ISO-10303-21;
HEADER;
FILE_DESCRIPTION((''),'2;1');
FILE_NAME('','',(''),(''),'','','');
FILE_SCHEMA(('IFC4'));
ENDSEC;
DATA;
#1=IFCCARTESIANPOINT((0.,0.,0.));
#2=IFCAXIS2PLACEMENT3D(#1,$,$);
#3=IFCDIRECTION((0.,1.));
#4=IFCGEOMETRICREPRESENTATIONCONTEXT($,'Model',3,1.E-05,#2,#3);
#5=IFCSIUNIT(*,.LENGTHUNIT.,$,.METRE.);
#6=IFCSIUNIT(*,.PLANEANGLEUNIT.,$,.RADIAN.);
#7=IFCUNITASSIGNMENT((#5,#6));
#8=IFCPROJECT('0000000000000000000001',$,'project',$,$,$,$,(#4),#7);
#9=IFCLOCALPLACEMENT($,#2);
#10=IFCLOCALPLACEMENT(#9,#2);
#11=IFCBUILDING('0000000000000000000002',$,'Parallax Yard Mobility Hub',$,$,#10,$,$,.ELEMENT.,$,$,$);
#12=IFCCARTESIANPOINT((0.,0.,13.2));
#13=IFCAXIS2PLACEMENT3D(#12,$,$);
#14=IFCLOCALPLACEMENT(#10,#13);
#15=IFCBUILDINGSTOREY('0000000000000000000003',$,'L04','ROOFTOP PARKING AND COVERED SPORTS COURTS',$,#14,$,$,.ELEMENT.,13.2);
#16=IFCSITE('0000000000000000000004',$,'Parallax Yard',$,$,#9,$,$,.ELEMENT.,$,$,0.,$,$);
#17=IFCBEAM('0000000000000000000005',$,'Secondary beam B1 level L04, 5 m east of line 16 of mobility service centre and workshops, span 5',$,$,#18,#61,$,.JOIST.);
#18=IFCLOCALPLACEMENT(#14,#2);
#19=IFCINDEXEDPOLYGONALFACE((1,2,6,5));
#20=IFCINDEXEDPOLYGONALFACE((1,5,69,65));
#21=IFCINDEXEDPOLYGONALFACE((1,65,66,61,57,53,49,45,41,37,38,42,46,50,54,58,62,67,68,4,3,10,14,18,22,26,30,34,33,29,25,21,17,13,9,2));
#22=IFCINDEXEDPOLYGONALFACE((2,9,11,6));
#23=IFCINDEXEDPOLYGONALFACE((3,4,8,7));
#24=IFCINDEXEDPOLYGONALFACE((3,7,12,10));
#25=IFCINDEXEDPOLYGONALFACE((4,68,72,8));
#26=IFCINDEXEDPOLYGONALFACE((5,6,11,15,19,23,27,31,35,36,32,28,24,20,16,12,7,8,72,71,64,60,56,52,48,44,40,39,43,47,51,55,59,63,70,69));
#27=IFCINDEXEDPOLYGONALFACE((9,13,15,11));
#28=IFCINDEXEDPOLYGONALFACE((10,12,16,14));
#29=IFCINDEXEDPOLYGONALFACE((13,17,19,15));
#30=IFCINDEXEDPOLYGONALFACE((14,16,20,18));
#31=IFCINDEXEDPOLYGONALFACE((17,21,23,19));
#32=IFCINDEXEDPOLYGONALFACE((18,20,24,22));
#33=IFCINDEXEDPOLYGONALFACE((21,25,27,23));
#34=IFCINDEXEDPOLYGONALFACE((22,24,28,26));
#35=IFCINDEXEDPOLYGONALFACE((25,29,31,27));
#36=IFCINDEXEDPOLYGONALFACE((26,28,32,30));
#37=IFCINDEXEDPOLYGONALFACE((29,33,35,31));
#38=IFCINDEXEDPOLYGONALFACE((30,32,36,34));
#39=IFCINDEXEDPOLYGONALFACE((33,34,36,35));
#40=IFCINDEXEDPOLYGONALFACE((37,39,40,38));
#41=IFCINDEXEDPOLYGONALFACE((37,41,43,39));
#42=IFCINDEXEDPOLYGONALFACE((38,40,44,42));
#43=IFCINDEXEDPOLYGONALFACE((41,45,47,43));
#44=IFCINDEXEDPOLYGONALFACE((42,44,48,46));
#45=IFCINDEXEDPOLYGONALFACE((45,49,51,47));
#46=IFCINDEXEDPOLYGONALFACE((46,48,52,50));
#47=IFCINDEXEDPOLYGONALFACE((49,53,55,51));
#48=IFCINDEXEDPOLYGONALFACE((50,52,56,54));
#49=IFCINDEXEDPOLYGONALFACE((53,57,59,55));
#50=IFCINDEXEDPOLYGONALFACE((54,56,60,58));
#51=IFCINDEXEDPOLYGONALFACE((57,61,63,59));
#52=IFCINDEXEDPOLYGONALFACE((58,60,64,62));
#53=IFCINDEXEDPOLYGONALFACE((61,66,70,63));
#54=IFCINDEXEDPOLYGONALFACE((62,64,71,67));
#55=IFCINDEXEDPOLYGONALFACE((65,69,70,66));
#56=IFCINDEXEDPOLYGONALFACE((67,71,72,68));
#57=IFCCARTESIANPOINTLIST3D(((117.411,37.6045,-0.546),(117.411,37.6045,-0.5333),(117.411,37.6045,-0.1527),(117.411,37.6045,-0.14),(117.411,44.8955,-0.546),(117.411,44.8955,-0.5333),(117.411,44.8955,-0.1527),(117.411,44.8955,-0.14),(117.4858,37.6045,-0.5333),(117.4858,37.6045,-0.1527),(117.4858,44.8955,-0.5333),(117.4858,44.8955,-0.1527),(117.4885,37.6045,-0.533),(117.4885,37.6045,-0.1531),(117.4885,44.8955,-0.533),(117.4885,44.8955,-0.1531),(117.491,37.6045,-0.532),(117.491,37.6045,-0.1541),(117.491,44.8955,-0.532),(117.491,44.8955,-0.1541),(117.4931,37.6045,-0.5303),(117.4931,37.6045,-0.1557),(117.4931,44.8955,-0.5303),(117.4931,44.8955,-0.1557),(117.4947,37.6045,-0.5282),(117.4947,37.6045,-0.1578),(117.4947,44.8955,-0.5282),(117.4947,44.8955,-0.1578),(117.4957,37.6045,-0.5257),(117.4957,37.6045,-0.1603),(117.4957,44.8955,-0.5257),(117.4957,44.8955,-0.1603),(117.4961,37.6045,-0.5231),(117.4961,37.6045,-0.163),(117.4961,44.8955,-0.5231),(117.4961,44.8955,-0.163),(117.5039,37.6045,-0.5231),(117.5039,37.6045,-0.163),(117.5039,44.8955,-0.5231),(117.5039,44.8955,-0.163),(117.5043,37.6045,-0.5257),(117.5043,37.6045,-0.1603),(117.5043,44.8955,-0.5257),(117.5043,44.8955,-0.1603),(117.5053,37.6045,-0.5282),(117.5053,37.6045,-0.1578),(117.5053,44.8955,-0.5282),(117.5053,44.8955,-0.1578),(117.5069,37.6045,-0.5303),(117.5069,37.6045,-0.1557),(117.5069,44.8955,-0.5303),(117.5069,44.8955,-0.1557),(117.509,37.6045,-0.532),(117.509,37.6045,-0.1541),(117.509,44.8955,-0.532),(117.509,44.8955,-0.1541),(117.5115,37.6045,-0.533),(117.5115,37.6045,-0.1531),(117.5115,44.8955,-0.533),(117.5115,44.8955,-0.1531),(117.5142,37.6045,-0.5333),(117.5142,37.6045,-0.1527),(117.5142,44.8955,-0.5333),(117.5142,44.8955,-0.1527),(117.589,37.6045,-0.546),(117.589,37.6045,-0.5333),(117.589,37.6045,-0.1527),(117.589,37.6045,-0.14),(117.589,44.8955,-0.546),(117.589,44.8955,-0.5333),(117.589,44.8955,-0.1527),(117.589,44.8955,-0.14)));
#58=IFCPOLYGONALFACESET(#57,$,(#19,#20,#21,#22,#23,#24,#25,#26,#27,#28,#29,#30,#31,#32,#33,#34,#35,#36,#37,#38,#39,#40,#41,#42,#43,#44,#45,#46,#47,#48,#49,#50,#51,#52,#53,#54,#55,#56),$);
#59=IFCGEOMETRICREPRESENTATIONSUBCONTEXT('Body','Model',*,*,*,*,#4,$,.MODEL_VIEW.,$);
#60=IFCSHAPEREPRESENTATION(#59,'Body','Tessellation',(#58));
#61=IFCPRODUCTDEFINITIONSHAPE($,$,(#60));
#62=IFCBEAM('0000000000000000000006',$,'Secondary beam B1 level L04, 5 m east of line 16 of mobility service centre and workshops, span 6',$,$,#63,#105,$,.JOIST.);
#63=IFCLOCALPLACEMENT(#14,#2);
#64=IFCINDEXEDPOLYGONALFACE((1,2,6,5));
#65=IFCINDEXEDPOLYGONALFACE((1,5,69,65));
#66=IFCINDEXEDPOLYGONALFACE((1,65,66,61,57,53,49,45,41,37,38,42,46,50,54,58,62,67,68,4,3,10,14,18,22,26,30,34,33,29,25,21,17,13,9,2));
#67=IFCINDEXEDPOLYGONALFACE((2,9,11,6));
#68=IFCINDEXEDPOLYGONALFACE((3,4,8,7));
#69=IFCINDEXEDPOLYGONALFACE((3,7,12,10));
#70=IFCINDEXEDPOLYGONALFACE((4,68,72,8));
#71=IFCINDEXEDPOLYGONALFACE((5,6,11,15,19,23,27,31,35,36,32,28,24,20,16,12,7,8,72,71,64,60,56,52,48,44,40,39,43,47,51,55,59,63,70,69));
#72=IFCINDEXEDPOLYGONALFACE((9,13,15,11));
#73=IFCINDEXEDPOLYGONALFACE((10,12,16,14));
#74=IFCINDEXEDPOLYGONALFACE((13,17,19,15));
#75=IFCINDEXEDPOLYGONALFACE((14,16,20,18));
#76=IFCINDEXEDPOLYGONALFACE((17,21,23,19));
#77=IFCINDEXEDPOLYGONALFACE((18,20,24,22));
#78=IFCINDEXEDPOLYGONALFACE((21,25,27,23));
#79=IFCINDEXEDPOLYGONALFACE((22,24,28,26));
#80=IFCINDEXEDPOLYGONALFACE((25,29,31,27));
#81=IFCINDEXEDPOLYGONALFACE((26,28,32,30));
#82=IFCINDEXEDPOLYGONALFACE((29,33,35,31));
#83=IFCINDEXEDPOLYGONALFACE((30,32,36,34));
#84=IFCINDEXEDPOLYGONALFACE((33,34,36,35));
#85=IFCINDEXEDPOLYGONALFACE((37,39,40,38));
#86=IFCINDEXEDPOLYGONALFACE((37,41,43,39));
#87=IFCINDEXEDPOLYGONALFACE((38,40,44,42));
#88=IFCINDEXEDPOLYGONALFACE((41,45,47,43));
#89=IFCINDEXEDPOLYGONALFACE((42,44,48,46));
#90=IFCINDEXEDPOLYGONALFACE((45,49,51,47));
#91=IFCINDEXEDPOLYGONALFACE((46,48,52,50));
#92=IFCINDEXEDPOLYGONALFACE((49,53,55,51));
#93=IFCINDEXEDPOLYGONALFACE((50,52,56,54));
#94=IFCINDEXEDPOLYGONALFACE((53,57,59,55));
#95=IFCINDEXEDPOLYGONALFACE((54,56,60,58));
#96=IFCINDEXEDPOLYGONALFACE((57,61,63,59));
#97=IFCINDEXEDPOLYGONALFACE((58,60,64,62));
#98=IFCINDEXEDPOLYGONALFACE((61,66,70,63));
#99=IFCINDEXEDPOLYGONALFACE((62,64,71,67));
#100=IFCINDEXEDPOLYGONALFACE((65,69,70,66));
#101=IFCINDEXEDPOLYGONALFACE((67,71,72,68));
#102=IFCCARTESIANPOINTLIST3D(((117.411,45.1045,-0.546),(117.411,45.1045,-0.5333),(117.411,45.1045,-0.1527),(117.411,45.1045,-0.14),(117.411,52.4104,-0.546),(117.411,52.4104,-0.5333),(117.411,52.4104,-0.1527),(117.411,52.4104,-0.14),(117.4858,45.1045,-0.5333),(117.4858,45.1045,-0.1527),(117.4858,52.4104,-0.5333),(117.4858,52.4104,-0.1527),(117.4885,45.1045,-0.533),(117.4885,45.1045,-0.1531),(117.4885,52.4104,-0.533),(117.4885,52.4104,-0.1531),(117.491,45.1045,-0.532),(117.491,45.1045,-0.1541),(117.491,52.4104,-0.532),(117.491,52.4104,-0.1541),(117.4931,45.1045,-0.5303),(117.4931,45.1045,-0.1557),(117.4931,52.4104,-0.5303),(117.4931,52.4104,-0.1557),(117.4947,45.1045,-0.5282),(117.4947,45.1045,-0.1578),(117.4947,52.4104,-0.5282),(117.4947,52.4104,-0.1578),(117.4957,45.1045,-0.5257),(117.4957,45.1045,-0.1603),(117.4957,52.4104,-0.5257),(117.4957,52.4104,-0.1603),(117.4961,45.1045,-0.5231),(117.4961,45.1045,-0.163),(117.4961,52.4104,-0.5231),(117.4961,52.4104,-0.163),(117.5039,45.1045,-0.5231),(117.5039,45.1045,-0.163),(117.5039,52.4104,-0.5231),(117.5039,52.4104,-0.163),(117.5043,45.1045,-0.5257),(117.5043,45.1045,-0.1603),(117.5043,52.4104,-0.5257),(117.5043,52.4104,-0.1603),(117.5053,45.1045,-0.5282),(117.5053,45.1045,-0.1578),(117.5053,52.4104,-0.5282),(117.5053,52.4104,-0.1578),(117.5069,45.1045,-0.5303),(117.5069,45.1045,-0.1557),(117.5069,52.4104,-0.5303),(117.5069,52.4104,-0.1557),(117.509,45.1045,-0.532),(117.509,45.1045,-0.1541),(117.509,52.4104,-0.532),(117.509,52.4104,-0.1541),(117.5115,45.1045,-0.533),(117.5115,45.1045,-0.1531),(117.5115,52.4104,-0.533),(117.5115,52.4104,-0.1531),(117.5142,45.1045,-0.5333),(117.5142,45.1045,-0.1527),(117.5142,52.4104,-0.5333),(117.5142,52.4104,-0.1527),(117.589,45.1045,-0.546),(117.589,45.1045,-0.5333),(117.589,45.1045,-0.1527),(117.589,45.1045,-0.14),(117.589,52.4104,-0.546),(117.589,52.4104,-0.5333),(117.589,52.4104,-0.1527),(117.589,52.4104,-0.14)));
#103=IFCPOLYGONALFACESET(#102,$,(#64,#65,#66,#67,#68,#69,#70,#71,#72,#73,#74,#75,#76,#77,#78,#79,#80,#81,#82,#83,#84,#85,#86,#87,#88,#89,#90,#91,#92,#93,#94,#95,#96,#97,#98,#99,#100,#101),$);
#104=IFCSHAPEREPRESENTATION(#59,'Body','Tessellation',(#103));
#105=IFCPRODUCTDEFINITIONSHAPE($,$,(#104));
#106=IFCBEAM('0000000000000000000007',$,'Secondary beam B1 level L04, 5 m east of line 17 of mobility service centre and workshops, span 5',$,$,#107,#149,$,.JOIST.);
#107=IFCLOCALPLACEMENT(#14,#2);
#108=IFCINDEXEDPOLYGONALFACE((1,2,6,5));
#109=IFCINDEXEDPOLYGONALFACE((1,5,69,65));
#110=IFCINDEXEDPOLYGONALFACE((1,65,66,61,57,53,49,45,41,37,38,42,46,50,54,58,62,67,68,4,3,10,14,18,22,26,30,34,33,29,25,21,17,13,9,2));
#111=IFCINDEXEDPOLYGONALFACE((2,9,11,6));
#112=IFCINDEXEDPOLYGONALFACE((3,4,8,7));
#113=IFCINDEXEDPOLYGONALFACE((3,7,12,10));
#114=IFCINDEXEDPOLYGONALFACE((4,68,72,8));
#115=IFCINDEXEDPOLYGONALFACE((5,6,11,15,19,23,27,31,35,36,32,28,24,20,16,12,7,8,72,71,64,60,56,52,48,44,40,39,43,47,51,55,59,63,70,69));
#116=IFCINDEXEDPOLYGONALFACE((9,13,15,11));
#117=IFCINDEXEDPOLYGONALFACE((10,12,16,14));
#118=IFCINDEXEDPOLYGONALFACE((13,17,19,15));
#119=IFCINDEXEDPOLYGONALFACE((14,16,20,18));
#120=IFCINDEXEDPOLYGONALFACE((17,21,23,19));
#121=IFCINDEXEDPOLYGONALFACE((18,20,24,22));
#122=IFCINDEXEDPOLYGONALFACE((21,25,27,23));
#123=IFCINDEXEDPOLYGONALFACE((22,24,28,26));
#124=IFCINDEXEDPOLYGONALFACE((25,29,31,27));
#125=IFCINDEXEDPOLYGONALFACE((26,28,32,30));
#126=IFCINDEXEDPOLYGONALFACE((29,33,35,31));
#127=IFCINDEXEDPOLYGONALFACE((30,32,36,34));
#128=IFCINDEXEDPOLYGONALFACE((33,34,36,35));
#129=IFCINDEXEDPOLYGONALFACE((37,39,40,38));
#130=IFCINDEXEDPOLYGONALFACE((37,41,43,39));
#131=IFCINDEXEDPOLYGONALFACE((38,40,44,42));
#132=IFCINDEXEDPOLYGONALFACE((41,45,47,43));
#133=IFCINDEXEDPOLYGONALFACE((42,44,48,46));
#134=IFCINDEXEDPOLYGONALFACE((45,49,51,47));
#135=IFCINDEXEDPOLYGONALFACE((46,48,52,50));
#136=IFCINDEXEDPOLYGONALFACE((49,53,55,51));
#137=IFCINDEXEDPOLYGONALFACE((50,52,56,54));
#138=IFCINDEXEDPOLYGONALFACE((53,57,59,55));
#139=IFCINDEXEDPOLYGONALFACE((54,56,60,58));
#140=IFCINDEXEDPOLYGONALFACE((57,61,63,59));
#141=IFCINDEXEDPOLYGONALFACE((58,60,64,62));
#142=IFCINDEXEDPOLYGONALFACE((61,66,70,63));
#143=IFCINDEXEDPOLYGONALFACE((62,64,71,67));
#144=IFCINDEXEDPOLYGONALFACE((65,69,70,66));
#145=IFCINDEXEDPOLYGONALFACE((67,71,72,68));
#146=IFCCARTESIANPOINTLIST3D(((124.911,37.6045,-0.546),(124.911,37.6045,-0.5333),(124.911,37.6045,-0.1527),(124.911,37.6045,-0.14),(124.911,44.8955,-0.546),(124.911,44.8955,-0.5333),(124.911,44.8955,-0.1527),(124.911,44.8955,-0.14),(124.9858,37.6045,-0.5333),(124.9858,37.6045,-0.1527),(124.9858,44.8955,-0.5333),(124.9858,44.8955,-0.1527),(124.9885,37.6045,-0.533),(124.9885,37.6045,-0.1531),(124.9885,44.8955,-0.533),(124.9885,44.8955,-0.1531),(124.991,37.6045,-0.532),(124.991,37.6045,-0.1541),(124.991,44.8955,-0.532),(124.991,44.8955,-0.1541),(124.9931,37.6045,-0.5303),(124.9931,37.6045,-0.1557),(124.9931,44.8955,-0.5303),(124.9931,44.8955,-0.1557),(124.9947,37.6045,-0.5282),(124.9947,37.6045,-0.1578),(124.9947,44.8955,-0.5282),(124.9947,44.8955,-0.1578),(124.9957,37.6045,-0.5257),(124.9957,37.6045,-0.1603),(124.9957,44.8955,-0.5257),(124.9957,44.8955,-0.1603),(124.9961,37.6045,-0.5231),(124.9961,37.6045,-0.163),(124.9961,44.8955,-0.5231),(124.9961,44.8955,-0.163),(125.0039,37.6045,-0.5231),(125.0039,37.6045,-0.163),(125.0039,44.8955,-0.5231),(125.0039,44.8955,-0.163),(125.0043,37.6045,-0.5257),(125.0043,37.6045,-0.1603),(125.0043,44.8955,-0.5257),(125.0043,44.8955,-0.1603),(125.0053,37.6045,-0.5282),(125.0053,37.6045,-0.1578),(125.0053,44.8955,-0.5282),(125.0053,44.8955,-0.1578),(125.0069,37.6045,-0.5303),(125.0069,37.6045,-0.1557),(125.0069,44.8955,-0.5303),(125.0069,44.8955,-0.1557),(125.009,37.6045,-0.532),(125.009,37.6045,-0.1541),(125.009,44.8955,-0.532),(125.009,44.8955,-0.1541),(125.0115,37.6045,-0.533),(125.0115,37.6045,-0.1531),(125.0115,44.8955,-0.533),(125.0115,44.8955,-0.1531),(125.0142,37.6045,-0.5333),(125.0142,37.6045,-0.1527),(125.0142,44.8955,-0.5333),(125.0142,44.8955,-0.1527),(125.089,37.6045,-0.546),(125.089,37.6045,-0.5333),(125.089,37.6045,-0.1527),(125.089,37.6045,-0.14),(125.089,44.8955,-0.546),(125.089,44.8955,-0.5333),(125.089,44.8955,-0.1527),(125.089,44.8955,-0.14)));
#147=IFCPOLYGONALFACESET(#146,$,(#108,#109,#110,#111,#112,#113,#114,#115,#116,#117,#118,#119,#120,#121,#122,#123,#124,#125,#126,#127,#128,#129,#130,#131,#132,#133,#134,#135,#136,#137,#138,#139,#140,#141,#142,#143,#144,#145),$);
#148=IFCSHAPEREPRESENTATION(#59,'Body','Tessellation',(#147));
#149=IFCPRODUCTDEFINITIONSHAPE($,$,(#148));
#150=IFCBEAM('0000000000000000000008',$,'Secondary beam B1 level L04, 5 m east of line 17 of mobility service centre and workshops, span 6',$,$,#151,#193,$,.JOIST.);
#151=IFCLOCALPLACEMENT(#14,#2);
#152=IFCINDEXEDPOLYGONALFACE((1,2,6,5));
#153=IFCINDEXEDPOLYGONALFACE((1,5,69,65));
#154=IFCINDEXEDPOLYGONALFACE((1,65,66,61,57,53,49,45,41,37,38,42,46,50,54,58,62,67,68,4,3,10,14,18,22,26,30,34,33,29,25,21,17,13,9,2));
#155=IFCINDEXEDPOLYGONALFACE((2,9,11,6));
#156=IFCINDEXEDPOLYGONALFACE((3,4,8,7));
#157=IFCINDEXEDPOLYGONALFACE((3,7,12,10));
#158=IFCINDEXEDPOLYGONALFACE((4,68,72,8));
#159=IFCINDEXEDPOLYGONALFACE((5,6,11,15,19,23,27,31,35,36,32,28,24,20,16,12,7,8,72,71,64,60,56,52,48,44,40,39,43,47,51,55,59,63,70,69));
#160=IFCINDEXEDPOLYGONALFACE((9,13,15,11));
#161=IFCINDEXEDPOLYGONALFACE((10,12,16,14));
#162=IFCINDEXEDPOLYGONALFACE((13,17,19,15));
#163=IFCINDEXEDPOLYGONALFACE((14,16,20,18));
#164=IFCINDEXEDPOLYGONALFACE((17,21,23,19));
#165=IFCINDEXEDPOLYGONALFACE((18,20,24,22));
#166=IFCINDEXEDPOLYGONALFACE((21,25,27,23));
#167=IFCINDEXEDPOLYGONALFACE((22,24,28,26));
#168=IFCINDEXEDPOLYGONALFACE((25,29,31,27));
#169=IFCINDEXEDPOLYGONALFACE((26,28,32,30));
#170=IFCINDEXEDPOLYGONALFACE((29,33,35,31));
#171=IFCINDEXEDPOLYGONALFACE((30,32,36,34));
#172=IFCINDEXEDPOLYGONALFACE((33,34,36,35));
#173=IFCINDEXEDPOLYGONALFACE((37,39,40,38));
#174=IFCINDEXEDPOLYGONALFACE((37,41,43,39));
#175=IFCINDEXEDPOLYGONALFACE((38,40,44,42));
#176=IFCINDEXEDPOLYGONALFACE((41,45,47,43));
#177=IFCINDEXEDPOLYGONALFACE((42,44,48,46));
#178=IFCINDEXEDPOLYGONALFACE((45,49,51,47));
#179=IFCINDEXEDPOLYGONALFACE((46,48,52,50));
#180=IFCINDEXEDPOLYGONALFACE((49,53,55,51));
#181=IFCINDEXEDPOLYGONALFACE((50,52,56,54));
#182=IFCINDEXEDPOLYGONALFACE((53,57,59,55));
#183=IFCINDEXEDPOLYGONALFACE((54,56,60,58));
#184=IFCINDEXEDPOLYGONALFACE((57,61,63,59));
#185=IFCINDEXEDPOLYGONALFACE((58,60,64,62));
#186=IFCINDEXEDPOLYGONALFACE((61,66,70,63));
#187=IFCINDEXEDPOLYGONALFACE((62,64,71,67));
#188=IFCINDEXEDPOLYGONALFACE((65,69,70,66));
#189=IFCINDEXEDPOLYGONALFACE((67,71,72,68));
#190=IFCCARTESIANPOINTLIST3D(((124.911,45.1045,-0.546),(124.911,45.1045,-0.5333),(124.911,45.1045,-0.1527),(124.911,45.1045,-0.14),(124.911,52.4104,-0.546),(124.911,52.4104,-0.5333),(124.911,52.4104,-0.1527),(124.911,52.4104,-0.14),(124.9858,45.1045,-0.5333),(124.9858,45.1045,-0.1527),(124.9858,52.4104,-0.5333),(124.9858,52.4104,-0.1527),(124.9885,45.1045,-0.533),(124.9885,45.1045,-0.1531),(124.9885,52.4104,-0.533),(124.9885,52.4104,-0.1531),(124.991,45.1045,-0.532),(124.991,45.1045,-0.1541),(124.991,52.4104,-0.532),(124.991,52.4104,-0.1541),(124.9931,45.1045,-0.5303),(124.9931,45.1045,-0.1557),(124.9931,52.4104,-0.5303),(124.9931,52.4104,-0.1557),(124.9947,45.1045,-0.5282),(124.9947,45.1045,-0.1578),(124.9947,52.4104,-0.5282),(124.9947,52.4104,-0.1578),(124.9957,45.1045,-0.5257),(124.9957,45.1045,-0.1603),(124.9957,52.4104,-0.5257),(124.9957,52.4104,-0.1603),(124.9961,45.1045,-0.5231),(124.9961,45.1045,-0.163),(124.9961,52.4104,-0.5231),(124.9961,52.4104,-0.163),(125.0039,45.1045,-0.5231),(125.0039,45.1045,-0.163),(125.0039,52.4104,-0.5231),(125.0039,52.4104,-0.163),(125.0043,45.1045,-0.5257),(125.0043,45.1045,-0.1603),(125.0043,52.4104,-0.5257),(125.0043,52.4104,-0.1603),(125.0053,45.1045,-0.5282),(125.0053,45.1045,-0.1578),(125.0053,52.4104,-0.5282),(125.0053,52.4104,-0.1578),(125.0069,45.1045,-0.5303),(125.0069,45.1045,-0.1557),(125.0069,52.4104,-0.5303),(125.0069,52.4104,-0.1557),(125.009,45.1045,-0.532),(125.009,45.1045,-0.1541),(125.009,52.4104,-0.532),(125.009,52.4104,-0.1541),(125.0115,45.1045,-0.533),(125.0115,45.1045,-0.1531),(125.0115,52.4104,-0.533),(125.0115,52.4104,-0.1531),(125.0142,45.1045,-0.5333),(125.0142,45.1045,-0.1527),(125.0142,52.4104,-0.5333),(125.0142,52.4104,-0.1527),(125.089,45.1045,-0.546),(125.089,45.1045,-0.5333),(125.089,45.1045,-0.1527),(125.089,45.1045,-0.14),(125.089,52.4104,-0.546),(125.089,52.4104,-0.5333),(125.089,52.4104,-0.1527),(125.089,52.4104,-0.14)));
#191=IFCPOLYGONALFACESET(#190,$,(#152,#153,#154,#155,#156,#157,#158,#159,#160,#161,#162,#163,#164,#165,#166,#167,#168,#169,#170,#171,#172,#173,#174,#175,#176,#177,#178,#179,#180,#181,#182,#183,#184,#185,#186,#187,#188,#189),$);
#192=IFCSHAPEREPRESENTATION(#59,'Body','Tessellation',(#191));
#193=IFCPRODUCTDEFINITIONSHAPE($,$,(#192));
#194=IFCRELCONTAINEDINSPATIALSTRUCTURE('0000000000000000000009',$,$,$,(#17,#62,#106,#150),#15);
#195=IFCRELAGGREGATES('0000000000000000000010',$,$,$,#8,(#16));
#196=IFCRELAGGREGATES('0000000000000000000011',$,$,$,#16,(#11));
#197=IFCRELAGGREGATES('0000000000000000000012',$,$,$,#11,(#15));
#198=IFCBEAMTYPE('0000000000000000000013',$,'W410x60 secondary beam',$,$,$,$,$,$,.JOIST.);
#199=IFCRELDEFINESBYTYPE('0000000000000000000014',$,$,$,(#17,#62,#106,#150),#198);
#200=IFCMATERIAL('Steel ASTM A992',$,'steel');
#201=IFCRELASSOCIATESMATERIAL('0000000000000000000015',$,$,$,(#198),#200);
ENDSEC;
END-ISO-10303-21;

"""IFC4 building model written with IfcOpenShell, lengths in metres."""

from ifc_helpers import new_model, si_unit, direction, frame, origin, origin_2d, place, context, subcontext, project, spatial, i_section, extrude, material, material_profile, profile_set, type_object, element, save


model = new_model("IFC4")

# Units and contexts
model_context = context("Model", 3, precision=1e-05, world=origin(), true_north=direction((0.0, 1.0)))
body_context = subcontext(model_context, "Body", "Model", "MODEL_VIEW")
ifc_project = project(units=[si_unit("LENGTHUNIT", "METRE"), si_unit("PLANEANGLEUNIT", "RADIAN")], contexts=[model_context])

# Site, building, storey
site_placement = place(None, origin())
site = spatial("IfcSite", under=ifc_project, at=site_placement, Name="Parallax Yard", CompositionType="ELEMENT", RefElevation=0.0)
building_placement = place(site_placement, origin())
building = spatial("IfcBuilding", under=site, at=building_placement, Name="Parallax Yard Mobility Hub", CompositionType="ELEMENT")
storey_placement = place(building_placement, frame((0.0, 0.0, 13.2)))
storey = spatial("IfcBuildingStorey", under=building, at=storey_placement, Name="L04", Description="ROOFTOP PARKING AND COVERED SPORTS COURTS", CompositionType="ELEMENT", Elevation=13.2)

# Shared definitions
ifc_material_1 = material(Name="Steel ASTM A992", Category="steel")

# Beams
ifc_material_profile_1 = material_profile(ifc_material_1, i_section(OverallWidth=0.178, OverallDepth=0.406, WebThickness=0.0078, FlangeThickness=0.0127, FilletRadius=0.0103, at=origin_2d()), Name="W410x60")
ifc_profile_set_1 = profile_set([ifc_material_profile_1], Name="Steel ASTM A992")
beam_type_1 = type_object("IfcBeamType", Name="W410x60 secondary beam", PredefinedType="JOIST", material=ifc_profile_set_1)
beam_1_placement = place(storey_placement, frame((117.5, 37.6045, -0.343), z_axis=(0.0, 1.0, 0.0), x_axis=(-1.0, 0.0, 0.0)))
element("IfcBeam", 1, at=beam_1_placement, inside=storey, type_object=beam_type_1, Name="Secondary beam B1 level L04, 5 m east of line 16 of mobility service centre and workshops, span 5", PredefinedType="JOIST", context=body_context, shape_type="SweptSolid", body=[
    extrude(i_section(OverallWidth=0.178, OverallDepth=0.406, WebThickness=0.0078, FlangeThickness=0.0127, FilletRadius=0.0103, at=origin_2d()), origin(), (0.0, 0.0, 1.0), 7.291),
])
beam_2_placement = place(storey_placement, frame((117.5, 45.1045, -0.343), z_axis=(0.0, 1.0, 0.0), x_axis=(-1.0, 0.0, 0.0)))
element("IfcBeam", 2, at=beam_2_placement, inside=storey, type_object=beam_type_1, Name="Secondary beam B1 level L04, 5 m east of line 16 of mobility service centre and workshops, span 6", PredefinedType="JOIST", context=body_context, shape_type="SweptSolid", body=[
    extrude(i_section(OverallWidth=0.178, OverallDepth=0.406, WebThickness=0.0078, FlangeThickness=0.0127, FilletRadius=0.0103, at=origin_2d()), origin(), (0.0, 0.0, 1.0), 7.3059),
])
beam_3_placement = place(storey_placement, frame((125.0, 37.6045, -0.343), z_axis=(0.0, 1.0, 0.0), x_axis=(-1.0, 0.0, 0.0)))
element("IfcBeam", 3, at=beam_3_placement, inside=storey, type_object=beam_type_1, Name="Secondary beam B1 level L04, 5 m east of line 17 of mobility service centre and workshops, span 5", PredefinedType="JOIST", context=body_context, shape_type="SweptSolid", body=[
    extrude(i_section(OverallWidth=0.178, OverallDepth=0.406, WebThickness=0.0078, FlangeThickness=0.0127, FilletRadius=0.0103, at=origin_2d()), origin(), (0.0, 0.0, 1.0), 7.291),
])
beam_4_placement = place(storey_placement, frame((125.0, 45.1045, -0.343), z_axis=(0.0, 1.0, 0.0), x_axis=(-1.0, 0.0, 0.0)))
element("IfcBeam", 4, at=beam_4_placement, inside=storey, type_object=beam_type_1, Name="Secondary beam B1 level L04, 5 m east of line 17 of mobility service centre and workshops, span 6", PredefinedType="JOIST", context=body_context, shape_type="SweptSolid", body=[
    extrude(i_section(OverallWidth=0.178, OverallDepth=0.406, WebThickness=0.0078, FlangeThickness=0.0127, FilletRadius=0.0103, at=origin_2d()), origin(), (0.0, 0.0, 1.0), 7.3059),
])

save(model, "model.ifc")
